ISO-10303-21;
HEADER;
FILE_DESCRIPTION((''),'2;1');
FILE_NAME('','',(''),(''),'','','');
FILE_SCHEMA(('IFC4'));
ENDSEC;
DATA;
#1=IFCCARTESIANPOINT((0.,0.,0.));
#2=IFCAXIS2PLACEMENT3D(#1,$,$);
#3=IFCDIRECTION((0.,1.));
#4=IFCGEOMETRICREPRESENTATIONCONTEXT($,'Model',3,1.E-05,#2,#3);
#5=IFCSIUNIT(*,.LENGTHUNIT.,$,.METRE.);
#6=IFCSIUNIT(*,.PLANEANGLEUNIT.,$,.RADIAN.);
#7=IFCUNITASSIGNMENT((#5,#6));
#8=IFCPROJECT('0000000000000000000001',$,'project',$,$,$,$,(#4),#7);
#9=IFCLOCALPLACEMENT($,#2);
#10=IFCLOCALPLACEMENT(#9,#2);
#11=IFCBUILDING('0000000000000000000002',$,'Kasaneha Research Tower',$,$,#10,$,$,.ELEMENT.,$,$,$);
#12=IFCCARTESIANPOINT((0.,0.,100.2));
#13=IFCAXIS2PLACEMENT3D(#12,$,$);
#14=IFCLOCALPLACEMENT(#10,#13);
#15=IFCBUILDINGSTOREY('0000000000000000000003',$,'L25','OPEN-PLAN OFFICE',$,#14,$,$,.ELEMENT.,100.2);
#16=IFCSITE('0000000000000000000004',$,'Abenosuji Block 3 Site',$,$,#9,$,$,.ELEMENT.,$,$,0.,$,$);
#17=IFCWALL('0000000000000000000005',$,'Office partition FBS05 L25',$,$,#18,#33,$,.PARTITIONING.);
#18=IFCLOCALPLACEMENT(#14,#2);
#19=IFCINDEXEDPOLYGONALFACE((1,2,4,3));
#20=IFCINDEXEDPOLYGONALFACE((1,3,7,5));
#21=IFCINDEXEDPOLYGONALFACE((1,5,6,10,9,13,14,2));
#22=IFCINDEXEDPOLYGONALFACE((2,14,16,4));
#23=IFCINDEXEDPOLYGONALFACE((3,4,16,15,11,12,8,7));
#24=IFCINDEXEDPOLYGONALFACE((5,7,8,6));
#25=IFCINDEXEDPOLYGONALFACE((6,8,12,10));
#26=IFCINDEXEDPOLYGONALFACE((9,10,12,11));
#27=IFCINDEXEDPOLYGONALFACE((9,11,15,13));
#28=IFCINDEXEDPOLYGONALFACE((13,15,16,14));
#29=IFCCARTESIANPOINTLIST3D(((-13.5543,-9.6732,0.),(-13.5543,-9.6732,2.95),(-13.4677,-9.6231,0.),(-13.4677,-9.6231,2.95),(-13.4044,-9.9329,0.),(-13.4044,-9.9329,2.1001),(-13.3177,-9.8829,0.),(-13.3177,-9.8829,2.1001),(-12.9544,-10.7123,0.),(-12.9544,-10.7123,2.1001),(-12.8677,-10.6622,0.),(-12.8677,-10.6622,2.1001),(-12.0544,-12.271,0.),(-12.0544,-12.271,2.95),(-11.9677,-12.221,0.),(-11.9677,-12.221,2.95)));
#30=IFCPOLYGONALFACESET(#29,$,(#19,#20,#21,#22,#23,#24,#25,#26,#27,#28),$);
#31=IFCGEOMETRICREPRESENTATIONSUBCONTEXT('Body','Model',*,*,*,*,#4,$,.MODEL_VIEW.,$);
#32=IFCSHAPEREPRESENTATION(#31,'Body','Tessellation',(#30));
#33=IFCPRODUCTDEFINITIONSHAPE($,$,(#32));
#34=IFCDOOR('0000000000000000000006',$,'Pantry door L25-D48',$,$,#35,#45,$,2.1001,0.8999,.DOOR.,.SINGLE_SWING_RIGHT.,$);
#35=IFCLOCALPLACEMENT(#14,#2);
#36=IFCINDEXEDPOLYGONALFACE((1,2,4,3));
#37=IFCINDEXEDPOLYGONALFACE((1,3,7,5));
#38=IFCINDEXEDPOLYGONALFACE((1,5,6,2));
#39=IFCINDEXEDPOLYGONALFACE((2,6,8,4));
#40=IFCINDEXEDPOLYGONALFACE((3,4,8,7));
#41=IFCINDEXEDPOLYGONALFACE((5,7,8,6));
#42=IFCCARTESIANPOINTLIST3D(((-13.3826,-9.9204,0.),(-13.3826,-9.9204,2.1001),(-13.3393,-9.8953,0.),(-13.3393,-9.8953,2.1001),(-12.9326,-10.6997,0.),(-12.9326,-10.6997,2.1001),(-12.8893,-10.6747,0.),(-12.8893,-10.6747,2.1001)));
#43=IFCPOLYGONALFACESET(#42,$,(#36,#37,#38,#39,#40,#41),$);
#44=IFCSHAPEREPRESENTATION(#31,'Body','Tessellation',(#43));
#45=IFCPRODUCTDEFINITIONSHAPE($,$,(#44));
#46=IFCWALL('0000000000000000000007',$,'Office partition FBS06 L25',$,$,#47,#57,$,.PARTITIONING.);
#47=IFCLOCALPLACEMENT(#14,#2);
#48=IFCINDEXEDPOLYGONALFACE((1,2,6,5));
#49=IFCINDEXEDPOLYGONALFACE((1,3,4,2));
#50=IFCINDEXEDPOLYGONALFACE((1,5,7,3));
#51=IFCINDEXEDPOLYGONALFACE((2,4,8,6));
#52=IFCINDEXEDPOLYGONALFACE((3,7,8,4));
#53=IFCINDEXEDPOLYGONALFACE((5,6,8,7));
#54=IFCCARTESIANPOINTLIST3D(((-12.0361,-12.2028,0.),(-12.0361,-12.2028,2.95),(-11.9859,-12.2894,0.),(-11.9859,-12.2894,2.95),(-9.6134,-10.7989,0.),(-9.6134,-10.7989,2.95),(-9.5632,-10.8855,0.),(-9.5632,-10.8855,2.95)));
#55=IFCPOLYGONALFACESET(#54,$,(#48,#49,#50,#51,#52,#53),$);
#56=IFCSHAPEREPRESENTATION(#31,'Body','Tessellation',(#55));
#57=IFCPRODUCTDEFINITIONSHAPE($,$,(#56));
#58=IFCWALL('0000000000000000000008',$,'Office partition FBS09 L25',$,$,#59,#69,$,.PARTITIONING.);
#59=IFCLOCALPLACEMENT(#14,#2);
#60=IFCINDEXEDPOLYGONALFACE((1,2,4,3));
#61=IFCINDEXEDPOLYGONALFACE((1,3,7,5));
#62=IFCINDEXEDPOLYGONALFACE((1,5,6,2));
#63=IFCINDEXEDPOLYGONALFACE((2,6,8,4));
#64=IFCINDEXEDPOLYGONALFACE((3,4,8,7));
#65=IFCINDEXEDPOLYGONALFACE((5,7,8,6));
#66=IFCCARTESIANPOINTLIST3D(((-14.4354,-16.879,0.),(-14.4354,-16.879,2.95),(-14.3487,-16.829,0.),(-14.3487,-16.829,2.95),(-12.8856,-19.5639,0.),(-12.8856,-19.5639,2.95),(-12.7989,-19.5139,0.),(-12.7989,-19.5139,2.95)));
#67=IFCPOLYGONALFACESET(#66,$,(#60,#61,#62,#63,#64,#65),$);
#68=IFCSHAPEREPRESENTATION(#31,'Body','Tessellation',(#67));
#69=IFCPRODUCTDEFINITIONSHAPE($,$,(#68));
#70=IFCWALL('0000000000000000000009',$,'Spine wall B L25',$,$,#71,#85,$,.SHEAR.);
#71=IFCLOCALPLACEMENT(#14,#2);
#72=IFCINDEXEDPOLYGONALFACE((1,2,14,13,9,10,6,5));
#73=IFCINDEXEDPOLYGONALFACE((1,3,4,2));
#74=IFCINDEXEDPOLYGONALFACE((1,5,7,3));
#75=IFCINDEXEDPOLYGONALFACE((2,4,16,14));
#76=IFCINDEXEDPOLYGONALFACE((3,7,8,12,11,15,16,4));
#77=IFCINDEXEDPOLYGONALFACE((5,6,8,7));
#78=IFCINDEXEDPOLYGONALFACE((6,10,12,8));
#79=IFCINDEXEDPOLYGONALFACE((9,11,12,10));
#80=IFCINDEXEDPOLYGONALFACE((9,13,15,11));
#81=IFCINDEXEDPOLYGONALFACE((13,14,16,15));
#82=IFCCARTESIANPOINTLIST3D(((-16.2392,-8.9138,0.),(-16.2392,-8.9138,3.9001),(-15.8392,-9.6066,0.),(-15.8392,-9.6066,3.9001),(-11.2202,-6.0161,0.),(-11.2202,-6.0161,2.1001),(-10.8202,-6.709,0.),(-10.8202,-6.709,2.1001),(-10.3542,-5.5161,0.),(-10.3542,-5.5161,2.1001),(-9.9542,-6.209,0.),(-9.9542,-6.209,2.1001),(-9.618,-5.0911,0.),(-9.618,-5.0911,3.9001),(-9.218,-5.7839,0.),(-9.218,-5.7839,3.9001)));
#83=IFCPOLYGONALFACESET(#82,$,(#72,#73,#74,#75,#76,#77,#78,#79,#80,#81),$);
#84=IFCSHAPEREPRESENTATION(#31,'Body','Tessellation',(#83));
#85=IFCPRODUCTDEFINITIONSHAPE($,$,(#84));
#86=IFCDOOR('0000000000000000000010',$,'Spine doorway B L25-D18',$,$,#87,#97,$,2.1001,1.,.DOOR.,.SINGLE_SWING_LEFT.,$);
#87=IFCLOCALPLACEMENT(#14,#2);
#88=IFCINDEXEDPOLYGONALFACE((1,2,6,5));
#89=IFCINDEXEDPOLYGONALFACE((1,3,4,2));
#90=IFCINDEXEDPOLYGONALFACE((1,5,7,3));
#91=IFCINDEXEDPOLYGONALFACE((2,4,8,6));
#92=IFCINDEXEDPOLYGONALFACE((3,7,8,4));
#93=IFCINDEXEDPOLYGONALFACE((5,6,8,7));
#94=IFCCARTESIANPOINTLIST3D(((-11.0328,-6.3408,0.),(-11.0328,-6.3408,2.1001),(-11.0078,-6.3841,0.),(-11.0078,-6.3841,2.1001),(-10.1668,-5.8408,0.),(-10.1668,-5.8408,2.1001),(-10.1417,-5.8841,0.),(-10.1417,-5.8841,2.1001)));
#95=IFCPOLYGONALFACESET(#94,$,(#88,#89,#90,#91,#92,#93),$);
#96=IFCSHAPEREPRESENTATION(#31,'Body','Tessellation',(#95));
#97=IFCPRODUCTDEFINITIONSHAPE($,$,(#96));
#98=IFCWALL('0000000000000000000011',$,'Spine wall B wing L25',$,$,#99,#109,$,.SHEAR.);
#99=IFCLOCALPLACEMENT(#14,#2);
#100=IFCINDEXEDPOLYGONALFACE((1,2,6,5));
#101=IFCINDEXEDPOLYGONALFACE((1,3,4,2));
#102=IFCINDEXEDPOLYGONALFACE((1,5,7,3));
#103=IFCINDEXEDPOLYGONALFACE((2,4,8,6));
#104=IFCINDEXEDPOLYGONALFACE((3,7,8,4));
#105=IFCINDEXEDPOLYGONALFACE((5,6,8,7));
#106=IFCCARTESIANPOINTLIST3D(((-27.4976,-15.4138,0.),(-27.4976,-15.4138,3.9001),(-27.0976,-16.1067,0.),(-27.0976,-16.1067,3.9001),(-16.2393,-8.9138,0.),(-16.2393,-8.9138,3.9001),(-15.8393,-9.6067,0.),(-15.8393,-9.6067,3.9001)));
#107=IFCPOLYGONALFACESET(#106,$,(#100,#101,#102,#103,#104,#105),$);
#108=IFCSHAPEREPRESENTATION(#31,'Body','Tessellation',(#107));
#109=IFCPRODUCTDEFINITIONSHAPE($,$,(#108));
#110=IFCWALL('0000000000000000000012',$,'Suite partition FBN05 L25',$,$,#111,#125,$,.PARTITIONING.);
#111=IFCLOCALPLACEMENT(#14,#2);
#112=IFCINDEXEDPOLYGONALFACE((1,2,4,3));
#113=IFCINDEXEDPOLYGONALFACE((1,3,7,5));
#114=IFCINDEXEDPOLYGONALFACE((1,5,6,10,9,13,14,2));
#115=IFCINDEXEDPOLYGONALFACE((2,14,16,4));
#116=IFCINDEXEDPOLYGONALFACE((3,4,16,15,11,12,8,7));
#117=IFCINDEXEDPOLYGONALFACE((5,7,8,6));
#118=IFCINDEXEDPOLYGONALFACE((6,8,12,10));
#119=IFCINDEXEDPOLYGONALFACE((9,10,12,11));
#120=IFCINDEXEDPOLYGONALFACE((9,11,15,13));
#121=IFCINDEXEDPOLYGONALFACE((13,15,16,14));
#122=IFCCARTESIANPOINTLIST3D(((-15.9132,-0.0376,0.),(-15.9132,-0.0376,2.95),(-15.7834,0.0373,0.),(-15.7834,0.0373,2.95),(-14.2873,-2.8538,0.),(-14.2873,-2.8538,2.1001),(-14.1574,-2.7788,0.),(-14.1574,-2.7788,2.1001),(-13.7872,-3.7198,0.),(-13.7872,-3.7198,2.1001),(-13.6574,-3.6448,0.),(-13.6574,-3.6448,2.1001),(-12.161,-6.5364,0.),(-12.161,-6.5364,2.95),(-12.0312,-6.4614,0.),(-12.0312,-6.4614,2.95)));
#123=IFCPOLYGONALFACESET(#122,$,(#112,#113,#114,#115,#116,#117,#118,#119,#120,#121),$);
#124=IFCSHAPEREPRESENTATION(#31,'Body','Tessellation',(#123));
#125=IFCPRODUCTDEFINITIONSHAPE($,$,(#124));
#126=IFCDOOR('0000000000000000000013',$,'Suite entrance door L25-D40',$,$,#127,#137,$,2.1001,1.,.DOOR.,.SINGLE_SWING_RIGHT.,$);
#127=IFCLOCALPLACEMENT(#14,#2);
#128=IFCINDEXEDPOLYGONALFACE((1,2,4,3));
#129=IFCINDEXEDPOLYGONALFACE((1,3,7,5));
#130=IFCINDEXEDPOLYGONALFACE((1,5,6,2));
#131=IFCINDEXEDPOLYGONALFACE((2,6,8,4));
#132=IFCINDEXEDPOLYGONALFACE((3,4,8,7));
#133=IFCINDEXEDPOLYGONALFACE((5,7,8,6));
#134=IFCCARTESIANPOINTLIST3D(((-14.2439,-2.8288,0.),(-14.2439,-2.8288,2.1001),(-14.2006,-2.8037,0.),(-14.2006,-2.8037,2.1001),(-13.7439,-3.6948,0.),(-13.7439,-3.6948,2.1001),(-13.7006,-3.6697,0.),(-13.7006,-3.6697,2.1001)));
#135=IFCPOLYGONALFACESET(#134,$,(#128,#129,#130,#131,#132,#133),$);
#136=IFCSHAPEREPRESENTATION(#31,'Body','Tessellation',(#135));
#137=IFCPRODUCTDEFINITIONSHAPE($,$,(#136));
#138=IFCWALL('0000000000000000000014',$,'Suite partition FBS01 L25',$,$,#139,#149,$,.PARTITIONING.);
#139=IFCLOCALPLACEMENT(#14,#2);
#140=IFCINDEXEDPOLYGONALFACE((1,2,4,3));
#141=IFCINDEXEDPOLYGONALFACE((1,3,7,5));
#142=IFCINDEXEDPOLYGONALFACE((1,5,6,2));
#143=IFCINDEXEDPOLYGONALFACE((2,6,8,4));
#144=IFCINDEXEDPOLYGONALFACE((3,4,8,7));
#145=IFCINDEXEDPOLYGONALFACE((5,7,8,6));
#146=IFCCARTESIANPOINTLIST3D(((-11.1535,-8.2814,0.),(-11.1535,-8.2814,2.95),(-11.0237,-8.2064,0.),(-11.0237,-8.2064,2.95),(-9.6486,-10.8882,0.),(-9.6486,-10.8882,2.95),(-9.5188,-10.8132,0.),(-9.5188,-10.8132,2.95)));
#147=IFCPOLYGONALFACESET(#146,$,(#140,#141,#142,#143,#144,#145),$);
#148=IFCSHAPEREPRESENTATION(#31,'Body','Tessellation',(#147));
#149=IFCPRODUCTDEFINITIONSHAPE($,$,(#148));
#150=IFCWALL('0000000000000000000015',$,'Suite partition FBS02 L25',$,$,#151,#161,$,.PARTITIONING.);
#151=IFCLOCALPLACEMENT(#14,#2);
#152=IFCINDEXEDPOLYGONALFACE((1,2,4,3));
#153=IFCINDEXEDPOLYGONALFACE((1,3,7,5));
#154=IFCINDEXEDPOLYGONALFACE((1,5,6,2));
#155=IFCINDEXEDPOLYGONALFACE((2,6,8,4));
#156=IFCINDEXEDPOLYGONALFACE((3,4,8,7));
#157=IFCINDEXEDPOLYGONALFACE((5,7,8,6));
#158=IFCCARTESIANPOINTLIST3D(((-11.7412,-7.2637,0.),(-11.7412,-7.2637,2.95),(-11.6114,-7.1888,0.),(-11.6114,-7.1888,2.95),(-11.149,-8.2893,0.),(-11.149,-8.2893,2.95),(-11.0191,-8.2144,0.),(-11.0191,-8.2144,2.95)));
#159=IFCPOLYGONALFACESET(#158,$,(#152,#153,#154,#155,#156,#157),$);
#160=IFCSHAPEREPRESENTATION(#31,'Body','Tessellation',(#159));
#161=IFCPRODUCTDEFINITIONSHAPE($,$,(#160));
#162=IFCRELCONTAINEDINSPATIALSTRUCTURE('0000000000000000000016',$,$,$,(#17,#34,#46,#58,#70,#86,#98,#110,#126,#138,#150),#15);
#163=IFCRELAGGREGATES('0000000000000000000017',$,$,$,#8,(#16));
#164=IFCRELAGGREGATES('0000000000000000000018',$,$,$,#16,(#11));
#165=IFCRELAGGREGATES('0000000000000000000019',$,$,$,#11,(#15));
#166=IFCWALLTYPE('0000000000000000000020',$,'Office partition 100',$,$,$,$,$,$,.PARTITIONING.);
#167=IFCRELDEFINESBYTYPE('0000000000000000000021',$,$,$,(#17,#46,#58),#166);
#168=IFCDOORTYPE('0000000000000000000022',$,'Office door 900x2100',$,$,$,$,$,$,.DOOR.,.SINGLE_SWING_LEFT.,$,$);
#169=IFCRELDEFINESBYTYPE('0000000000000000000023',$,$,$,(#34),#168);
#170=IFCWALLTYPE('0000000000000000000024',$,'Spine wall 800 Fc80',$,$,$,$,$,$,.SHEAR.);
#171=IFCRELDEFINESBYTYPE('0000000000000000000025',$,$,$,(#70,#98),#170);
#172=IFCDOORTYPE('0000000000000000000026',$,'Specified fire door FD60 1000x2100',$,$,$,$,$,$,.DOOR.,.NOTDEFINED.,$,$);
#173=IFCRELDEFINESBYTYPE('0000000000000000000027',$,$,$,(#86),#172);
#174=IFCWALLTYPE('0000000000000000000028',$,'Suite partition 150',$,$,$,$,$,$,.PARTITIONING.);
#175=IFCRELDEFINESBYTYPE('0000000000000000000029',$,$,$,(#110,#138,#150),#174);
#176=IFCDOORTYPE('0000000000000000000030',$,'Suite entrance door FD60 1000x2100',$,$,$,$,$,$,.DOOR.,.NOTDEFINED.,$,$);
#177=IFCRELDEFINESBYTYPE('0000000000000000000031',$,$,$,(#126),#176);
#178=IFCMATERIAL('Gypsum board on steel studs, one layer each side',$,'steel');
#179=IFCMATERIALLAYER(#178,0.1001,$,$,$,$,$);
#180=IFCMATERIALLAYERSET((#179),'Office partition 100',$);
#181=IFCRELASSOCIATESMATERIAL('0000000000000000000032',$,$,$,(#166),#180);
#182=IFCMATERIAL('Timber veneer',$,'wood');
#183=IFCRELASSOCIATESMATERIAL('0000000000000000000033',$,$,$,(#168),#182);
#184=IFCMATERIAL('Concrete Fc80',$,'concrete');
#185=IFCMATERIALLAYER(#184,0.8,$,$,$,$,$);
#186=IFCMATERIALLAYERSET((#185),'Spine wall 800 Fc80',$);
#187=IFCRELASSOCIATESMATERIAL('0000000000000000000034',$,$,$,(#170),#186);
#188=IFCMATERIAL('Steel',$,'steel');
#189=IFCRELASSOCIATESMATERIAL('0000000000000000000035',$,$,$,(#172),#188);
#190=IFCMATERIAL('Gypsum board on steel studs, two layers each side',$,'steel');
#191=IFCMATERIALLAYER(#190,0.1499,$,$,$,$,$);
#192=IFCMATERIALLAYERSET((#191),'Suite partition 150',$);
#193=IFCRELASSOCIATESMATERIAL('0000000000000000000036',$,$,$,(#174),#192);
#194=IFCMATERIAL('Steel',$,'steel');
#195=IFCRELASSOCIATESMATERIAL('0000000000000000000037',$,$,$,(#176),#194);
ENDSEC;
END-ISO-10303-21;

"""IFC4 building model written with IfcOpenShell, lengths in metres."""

from ifc_helpers import new_model, si_unit, direction, frame, frame_2d, origin, place, context, subcontext, project, spatial, rectangle, extrude, material, layer, layer_set, type_object, element, fill, save


model = new_model("IFC4")

# Units and contexts
model_context = context("Model", 3, precision=1e-05, world=origin(), true_north=direction((0.0, 1.0)))
body_context = subcontext(model_context, "Body", "Model", "MODEL_VIEW")
ifc_project = project(units=[si_unit("LENGTHUNIT", "METRE"), si_unit("PLANEANGLEUNIT", "RADIAN")], contexts=[model_context])

# Site, building, storey
site_placement = place(None, origin())
site = spatial("IfcSite", under=ifc_project, at=site_placement, Name="Abenosuji Block 3 Site", CompositionType="ELEMENT", RefElevation=0.0)
building_placement = place(site_placement, origin())
building = spatial("IfcBuilding", under=site, at=building_placement, Name="Kasaneha Research Tower", CompositionType="ELEMENT")
storey_placement = place(building_placement, frame((0.0, 0.0, 100.2)))
storey = spatial("IfcBuildingStorey", under=building, at=storey_placement, Name="L25", Description="OPEN-PLAN OFFICE", CompositionType="ELEMENT", Elevation=100.2)

# Shared definitions
ifc_material_1 = material(Name="Gypsum board on steel studs, one layer each side", Category="steel")
ifc_layer_1 = layer(ifc_material_1, 0.1001)
ifc_layer_set_1 = layer_set([ifc_layer_1], Name="Office partition 100")
wall_type_1 = type_object("IfcWallType", Name="Office partition 100", PredefinedType="PARTITIONING", material=ifc_layer_set_1)

# Wall, opening, door
wall_1_placement = place(storey_placement, frame((-12.011, -12.2461, 0.0), z_axis=(0.0, 0.0, 1.0), x_axis=(-0.500025, 0.866011, 0.0)))
wall_1 = element("IfcWall", 1, at=wall_1_placement, inside=storey, type_object=wall_type_1, Name="Office partition FBS05 L25", PredefinedType="PARTITIONING", context=body_context, shape_type="SweptSolid", body=[
    extrude(rectangle(XDim=2.9998, YDim=0.1001, at=frame_2d((1.5, 0.0))), origin(), (0.0, 0.0, 1.0), 2.95),
])
opening_1_placement = place(wall_1_placement, frame((1.8, 0.0, 0.0)))
opening_1 = element("IfcOpeningElement", 2, at=opening_1_placement, cuts=wall_1, PredefinedType="OPENING", context=body_context, shape_type="SweptSolid", body=[
    extrude(rectangle(XDim=0.8999, YDim=2.1001, at=frame_2d((0.45, 1.05))), frame((0.0, 0.0601, 0.0), z_axis=(0.0, -1.0, 0.0), x_axis=(1.0, 0.0, 0.0)), (0.0, 0.0, 1.0), 0.1201),
])
ifc_material_2 = material(Name="Timber veneer", Category="wood")
door_type_1 = type_object("IfcDoorType", Name="Office door 900x2100", OperationType="SINGLE_SWING_LEFT", PredefinedType="DOOR", material=ifc_material_2)
door_1_placement = place(opening_1_placement, origin())
door_1 = element("IfcDoor", 3, at=door_1_placement, inside=storey, type_object=door_type_1, Name="Pantry door L25-D48", OperationType="SINGLE_SWING_RIGHT", OverallHeight=2.1001, OverallWidth=0.8999, PredefinedType="DOOR", context=body_context, shape_type="SweptSolid", body=[
    extrude(rectangle(XDim=0.8999, YDim=2.1001, at=frame_2d((0.45, 1.05))), frame((0.0, 0.0249, 0.0), z_axis=(0.0, -1.0, 0.0), x_axis=(1.0, 0.0, 0.0)), (0.0, 0.0, 1.0), 0.05),
])
fill(opening_1, door_1)

# Walls
wall_2_placement = place(storey_placement, frame((-9.5884, -10.8423, 0.0), z_axis=(0.0, 0.0, 1.0), x_axis=(-0.865233, -0.50137, 0.0)))
element("IfcWall", 4, at=wall_2_placement, inside=storey, type_object=wall_type_1, Name="Office partition FBS06 L25", PredefinedType="PARTITIONING", context=body_context, shape_type="SweptSolid", body=[
    extrude(rectangle(XDim=2.8, YDim=0.1001, at=frame_2d((1.3999, 0.0))), origin(), (0.0, 0.0, 1.0), 2.95),
])
wall_3_placement = place(storey_placement, frame((-14.3921, -16.854, 0.0), z_axis=(0.0, 0.0, 1.0), x_axis=(0.499934, -0.866064, 0.0)))
element("IfcWall", 5, at=wall_3_placement, inside=storey, type_object=wall_type_1, Name="Office partition FBS09 L25", PredefinedType="PARTITIONING", context=body_context, shape_type="SweptSolid", body=[
    extrude(rectangle(XDim=3.1001, YDim=0.1001, at=frame_2d((1.55, 0.0))), origin(), (0.0, 0.0, 1.0), 2.95),
])

# Wall, opening, door
ifc_material_3 = material(Name="Concrete Fc80", Category="concrete")
ifc_layer_2 = layer(ifc_material_3, 0.8)
ifc_layer_set_2 = layer_set([ifc_layer_2], Name="Spine wall 800 Fc80")
wall_type_2 = type_object("IfcWallType", Name="Spine wall 800 Fc80", PredefinedType="SHEAR", material=ifc_layer_set_2)
wall_4_placement = place(storey_placement, frame((-9.418, -5.4375, 0.0), z_axis=(0.0, 0.0, 1.0), x_axis=(-0.86603, -0.499992, 0.0)))
wall_4 = element("IfcWall", 6, at=wall_4_placement, inside=storey, type_object=wall_type_2, Name="Spine wall B L25", PredefinedType="SHEAR", context=body_context, shape_type="SweptSolid", body=[
    extrude(rectangle(XDim=7.6455, YDim=0.8, at=frame_2d((3.8228, 0.0))), origin(), (0.0, 0.0, 1.0), 3.9001),
])
opening_2_placement = place(wall_4_placement, frame((0.8501, 0.0, 0.0)))
opening_2 = element("IfcOpeningElement", 7, at=opening_2_placement, cuts=wall_4, PredefinedType="OPENING", context=body_context, shape_type="SweptSolid", body=[
    extrude(rectangle(XDim=1.0, YDim=2.1001, at=frame_2d((0.5, 1.05))), frame((0.0, 0.4102, 0.0), z_axis=(0.0, -1.0, 0.0), x_axis=(1.0, 0.0, 0.0)), (0.0, 0.0, 1.0), 0.8201),
])
ifc_material_4 = material(Name="Steel", Category="steel")
door_type_2 = type_object("IfcDoorType", Name="Specified fire door FD60 1000x2100", OperationType="NOTDEFINED", PredefinedType="DOOR", material=ifc_material_4)
door_2_placement = place(opening_2_placement, origin())
door_2 = element("IfcDoor", 8, at=door_2_placement, inside=storey, type_object=door_type_2, Name="Spine doorway B L25-D18", OperationType="SINGLE_SWING_LEFT", OverallHeight=2.1001, OverallWidth=1.0, PredefinedType="DOOR", context=body_context, shape_type="SweptSolid", body=[
    extrude(rectangle(XDim=1.0, YDim=2.1001, at=frame_2d((0.5, 1.05))), frame((0.0, 0.0249, 0.0), z_axis=(0.0, -1.0, 0.0), x_axis=(1.0, 0.0, 0.0)), (0.0, 0.0, 1.0), 0.05),
])
fill(opening_2, door_2)

# Wall
wall_5_placement = place(storey_placement, frame((-16.0393, -9.2603, 0.0), z_axis=(0.0, 0.0, 1.0), x_axis=(-0.866025, -0.500001, 0.0)))
element("IfcWall", 9, at=wall_5_placement, inside=storey, type_object=wall_type_2, Name="Spine wall B wing L25", PredefinedType="SHEAR", context=body_context, shape_type="SweptSolid", body=[
    extrude(rectangle(XDim=13.0, YDim=0.8, at=frame_2d((6.5, 0.0))), origin(), (0.0, 0.0, 1.0), 3.9001),
])

# Wall, opening, door
ifc_material_5 = material(Name="Gypsum board on steel studs, two layers each side", Category="steel")
ifc_layer_3 = layer(ifc_material_5, 0.1499)
ifc_layer_set_3 = layer_set([ifc_layer_3], Name="Suite partition 150")
wall_type_3 = type_object("IfcWallType", Name="Suite partition 150", PredefinedType="PARTITIONING", material=ifc_layer_set_3)
wall_6_placement = place(storey_placement, frame((-12.0962, -6.4988, 0.0), z_axis=(0.0, 0.0, 1.0), x_axis=(-0.500013, 0.866018, 0.0)))
wall_6 = element("IfcWall", 10, at=wall_6_placement, inside=storey, type_object=wall_type_3, Name="Suite partition FBN05 L25", PredefinedType="PARTITIONING", context=body_context, shape_type="SweptSolid", body=[
    extrude(rectangle(XDim=7.5042, YDim=0.1499, at=frame_2d((3.752, 0.0))), origin(), (0.0, 0.0, 1.0), 2.95),
])
opening_3_placement = place(wall_6_placement, frame((3.2522, 0.0, 0.0)))
opening_3 = element("IfcOpeningElement", 11, at=opening_3_placement, cuts=wall_6, PredefinedType="OPENING", context=body_context, shape_type="SweptSolid", body=[
    extrude(rectangle(XDim=1.0, YDim=2.1001, at=frame_2d((0.5, 1.05))), frame((0.0, 0.085, 0.0), z_axis=(0.0, -1.0, 0.0), x_axis=(1.0, 0.0, 0.0)), (0.0, 0.0, 1.0), 0.1699),
])
ifc_material_6 = material(Name="Steel", Category="steel")
door_type_3 = type_object("IfcDoorType", Name="Suite entrance door FD60 1000x2100", OperationType="NOTDEFINED", PredefinedType="DOOR", material=ifc_material_6)
door_3_placement = place(opening_3_placement, origin())
door_3 = element("IfcDoor", 12, at=door_3_placement, inside=storey, type_object=door_type_3, Name="Suite entrance door L25-D40", OperationType="SINGLE_SWING_RIGHT", OverallHeight=2.1001, OverallWidth=1.0, PredefinedType="DOOR", context=body_context, shape_type="SweptSolid", body=[
    extrude(rectangle(XDim=1.0, YDim=2.1001, at=frame_2d((0.5, 1.05))), frame((0.0, 0.0249, 0.0), z_axis=(0.0, -1.0, 0.0), x_axis=(1.0, 0.0, 0.0)), (0.0, 0.0, 1.0), 0.05),
])
fill(opening_3, door_3)

# Walls
wall_7_placement = place(storey_placement, frame((-9.5837, -10.8506, 0.0), z_axis=(0.0, 0.0, 1.0), x_axis=(-0.499978, 0.866038, 0.0)))
element("IfcWall", 13, at=wall_7_placement, inside=storey, type_object=wall_type_3, Name="Suite partition FBS01 L25", PredefinedType="PARTITIONING", context=body_context, shape_type="SweptSolid", body=[
    extrude(rectangle(XDim=3.01, YDim=0.1499, at=frame_2d((1.5049, 0.0))), origin(), (0.0, 0.0, 1.0), 2.95),
])
wall_8_placement = place(storey_placement, frame((-11.084, -8.252, 0.0), z_axis=(0.0, 0.0, 1.0), x_axis=(-0.500085, 0.865976, 0.0)))
element("IfcWall", 14, at=wall_8_placement, inside=storey, type_object=wall_type_3, Name="Suite partition FBS02 L25", PredefinedType="PARTITIONING", context=body_context, shape_type="SweptSolid", body=[
    extrude(rectangle(XDim=1.1843, YDim=0.1499, at=frame_2d((0.5923, 0.0))), origin(), (0.0, 0.0, 1.0), 2.95),
])

save(model, "model.ifc")
